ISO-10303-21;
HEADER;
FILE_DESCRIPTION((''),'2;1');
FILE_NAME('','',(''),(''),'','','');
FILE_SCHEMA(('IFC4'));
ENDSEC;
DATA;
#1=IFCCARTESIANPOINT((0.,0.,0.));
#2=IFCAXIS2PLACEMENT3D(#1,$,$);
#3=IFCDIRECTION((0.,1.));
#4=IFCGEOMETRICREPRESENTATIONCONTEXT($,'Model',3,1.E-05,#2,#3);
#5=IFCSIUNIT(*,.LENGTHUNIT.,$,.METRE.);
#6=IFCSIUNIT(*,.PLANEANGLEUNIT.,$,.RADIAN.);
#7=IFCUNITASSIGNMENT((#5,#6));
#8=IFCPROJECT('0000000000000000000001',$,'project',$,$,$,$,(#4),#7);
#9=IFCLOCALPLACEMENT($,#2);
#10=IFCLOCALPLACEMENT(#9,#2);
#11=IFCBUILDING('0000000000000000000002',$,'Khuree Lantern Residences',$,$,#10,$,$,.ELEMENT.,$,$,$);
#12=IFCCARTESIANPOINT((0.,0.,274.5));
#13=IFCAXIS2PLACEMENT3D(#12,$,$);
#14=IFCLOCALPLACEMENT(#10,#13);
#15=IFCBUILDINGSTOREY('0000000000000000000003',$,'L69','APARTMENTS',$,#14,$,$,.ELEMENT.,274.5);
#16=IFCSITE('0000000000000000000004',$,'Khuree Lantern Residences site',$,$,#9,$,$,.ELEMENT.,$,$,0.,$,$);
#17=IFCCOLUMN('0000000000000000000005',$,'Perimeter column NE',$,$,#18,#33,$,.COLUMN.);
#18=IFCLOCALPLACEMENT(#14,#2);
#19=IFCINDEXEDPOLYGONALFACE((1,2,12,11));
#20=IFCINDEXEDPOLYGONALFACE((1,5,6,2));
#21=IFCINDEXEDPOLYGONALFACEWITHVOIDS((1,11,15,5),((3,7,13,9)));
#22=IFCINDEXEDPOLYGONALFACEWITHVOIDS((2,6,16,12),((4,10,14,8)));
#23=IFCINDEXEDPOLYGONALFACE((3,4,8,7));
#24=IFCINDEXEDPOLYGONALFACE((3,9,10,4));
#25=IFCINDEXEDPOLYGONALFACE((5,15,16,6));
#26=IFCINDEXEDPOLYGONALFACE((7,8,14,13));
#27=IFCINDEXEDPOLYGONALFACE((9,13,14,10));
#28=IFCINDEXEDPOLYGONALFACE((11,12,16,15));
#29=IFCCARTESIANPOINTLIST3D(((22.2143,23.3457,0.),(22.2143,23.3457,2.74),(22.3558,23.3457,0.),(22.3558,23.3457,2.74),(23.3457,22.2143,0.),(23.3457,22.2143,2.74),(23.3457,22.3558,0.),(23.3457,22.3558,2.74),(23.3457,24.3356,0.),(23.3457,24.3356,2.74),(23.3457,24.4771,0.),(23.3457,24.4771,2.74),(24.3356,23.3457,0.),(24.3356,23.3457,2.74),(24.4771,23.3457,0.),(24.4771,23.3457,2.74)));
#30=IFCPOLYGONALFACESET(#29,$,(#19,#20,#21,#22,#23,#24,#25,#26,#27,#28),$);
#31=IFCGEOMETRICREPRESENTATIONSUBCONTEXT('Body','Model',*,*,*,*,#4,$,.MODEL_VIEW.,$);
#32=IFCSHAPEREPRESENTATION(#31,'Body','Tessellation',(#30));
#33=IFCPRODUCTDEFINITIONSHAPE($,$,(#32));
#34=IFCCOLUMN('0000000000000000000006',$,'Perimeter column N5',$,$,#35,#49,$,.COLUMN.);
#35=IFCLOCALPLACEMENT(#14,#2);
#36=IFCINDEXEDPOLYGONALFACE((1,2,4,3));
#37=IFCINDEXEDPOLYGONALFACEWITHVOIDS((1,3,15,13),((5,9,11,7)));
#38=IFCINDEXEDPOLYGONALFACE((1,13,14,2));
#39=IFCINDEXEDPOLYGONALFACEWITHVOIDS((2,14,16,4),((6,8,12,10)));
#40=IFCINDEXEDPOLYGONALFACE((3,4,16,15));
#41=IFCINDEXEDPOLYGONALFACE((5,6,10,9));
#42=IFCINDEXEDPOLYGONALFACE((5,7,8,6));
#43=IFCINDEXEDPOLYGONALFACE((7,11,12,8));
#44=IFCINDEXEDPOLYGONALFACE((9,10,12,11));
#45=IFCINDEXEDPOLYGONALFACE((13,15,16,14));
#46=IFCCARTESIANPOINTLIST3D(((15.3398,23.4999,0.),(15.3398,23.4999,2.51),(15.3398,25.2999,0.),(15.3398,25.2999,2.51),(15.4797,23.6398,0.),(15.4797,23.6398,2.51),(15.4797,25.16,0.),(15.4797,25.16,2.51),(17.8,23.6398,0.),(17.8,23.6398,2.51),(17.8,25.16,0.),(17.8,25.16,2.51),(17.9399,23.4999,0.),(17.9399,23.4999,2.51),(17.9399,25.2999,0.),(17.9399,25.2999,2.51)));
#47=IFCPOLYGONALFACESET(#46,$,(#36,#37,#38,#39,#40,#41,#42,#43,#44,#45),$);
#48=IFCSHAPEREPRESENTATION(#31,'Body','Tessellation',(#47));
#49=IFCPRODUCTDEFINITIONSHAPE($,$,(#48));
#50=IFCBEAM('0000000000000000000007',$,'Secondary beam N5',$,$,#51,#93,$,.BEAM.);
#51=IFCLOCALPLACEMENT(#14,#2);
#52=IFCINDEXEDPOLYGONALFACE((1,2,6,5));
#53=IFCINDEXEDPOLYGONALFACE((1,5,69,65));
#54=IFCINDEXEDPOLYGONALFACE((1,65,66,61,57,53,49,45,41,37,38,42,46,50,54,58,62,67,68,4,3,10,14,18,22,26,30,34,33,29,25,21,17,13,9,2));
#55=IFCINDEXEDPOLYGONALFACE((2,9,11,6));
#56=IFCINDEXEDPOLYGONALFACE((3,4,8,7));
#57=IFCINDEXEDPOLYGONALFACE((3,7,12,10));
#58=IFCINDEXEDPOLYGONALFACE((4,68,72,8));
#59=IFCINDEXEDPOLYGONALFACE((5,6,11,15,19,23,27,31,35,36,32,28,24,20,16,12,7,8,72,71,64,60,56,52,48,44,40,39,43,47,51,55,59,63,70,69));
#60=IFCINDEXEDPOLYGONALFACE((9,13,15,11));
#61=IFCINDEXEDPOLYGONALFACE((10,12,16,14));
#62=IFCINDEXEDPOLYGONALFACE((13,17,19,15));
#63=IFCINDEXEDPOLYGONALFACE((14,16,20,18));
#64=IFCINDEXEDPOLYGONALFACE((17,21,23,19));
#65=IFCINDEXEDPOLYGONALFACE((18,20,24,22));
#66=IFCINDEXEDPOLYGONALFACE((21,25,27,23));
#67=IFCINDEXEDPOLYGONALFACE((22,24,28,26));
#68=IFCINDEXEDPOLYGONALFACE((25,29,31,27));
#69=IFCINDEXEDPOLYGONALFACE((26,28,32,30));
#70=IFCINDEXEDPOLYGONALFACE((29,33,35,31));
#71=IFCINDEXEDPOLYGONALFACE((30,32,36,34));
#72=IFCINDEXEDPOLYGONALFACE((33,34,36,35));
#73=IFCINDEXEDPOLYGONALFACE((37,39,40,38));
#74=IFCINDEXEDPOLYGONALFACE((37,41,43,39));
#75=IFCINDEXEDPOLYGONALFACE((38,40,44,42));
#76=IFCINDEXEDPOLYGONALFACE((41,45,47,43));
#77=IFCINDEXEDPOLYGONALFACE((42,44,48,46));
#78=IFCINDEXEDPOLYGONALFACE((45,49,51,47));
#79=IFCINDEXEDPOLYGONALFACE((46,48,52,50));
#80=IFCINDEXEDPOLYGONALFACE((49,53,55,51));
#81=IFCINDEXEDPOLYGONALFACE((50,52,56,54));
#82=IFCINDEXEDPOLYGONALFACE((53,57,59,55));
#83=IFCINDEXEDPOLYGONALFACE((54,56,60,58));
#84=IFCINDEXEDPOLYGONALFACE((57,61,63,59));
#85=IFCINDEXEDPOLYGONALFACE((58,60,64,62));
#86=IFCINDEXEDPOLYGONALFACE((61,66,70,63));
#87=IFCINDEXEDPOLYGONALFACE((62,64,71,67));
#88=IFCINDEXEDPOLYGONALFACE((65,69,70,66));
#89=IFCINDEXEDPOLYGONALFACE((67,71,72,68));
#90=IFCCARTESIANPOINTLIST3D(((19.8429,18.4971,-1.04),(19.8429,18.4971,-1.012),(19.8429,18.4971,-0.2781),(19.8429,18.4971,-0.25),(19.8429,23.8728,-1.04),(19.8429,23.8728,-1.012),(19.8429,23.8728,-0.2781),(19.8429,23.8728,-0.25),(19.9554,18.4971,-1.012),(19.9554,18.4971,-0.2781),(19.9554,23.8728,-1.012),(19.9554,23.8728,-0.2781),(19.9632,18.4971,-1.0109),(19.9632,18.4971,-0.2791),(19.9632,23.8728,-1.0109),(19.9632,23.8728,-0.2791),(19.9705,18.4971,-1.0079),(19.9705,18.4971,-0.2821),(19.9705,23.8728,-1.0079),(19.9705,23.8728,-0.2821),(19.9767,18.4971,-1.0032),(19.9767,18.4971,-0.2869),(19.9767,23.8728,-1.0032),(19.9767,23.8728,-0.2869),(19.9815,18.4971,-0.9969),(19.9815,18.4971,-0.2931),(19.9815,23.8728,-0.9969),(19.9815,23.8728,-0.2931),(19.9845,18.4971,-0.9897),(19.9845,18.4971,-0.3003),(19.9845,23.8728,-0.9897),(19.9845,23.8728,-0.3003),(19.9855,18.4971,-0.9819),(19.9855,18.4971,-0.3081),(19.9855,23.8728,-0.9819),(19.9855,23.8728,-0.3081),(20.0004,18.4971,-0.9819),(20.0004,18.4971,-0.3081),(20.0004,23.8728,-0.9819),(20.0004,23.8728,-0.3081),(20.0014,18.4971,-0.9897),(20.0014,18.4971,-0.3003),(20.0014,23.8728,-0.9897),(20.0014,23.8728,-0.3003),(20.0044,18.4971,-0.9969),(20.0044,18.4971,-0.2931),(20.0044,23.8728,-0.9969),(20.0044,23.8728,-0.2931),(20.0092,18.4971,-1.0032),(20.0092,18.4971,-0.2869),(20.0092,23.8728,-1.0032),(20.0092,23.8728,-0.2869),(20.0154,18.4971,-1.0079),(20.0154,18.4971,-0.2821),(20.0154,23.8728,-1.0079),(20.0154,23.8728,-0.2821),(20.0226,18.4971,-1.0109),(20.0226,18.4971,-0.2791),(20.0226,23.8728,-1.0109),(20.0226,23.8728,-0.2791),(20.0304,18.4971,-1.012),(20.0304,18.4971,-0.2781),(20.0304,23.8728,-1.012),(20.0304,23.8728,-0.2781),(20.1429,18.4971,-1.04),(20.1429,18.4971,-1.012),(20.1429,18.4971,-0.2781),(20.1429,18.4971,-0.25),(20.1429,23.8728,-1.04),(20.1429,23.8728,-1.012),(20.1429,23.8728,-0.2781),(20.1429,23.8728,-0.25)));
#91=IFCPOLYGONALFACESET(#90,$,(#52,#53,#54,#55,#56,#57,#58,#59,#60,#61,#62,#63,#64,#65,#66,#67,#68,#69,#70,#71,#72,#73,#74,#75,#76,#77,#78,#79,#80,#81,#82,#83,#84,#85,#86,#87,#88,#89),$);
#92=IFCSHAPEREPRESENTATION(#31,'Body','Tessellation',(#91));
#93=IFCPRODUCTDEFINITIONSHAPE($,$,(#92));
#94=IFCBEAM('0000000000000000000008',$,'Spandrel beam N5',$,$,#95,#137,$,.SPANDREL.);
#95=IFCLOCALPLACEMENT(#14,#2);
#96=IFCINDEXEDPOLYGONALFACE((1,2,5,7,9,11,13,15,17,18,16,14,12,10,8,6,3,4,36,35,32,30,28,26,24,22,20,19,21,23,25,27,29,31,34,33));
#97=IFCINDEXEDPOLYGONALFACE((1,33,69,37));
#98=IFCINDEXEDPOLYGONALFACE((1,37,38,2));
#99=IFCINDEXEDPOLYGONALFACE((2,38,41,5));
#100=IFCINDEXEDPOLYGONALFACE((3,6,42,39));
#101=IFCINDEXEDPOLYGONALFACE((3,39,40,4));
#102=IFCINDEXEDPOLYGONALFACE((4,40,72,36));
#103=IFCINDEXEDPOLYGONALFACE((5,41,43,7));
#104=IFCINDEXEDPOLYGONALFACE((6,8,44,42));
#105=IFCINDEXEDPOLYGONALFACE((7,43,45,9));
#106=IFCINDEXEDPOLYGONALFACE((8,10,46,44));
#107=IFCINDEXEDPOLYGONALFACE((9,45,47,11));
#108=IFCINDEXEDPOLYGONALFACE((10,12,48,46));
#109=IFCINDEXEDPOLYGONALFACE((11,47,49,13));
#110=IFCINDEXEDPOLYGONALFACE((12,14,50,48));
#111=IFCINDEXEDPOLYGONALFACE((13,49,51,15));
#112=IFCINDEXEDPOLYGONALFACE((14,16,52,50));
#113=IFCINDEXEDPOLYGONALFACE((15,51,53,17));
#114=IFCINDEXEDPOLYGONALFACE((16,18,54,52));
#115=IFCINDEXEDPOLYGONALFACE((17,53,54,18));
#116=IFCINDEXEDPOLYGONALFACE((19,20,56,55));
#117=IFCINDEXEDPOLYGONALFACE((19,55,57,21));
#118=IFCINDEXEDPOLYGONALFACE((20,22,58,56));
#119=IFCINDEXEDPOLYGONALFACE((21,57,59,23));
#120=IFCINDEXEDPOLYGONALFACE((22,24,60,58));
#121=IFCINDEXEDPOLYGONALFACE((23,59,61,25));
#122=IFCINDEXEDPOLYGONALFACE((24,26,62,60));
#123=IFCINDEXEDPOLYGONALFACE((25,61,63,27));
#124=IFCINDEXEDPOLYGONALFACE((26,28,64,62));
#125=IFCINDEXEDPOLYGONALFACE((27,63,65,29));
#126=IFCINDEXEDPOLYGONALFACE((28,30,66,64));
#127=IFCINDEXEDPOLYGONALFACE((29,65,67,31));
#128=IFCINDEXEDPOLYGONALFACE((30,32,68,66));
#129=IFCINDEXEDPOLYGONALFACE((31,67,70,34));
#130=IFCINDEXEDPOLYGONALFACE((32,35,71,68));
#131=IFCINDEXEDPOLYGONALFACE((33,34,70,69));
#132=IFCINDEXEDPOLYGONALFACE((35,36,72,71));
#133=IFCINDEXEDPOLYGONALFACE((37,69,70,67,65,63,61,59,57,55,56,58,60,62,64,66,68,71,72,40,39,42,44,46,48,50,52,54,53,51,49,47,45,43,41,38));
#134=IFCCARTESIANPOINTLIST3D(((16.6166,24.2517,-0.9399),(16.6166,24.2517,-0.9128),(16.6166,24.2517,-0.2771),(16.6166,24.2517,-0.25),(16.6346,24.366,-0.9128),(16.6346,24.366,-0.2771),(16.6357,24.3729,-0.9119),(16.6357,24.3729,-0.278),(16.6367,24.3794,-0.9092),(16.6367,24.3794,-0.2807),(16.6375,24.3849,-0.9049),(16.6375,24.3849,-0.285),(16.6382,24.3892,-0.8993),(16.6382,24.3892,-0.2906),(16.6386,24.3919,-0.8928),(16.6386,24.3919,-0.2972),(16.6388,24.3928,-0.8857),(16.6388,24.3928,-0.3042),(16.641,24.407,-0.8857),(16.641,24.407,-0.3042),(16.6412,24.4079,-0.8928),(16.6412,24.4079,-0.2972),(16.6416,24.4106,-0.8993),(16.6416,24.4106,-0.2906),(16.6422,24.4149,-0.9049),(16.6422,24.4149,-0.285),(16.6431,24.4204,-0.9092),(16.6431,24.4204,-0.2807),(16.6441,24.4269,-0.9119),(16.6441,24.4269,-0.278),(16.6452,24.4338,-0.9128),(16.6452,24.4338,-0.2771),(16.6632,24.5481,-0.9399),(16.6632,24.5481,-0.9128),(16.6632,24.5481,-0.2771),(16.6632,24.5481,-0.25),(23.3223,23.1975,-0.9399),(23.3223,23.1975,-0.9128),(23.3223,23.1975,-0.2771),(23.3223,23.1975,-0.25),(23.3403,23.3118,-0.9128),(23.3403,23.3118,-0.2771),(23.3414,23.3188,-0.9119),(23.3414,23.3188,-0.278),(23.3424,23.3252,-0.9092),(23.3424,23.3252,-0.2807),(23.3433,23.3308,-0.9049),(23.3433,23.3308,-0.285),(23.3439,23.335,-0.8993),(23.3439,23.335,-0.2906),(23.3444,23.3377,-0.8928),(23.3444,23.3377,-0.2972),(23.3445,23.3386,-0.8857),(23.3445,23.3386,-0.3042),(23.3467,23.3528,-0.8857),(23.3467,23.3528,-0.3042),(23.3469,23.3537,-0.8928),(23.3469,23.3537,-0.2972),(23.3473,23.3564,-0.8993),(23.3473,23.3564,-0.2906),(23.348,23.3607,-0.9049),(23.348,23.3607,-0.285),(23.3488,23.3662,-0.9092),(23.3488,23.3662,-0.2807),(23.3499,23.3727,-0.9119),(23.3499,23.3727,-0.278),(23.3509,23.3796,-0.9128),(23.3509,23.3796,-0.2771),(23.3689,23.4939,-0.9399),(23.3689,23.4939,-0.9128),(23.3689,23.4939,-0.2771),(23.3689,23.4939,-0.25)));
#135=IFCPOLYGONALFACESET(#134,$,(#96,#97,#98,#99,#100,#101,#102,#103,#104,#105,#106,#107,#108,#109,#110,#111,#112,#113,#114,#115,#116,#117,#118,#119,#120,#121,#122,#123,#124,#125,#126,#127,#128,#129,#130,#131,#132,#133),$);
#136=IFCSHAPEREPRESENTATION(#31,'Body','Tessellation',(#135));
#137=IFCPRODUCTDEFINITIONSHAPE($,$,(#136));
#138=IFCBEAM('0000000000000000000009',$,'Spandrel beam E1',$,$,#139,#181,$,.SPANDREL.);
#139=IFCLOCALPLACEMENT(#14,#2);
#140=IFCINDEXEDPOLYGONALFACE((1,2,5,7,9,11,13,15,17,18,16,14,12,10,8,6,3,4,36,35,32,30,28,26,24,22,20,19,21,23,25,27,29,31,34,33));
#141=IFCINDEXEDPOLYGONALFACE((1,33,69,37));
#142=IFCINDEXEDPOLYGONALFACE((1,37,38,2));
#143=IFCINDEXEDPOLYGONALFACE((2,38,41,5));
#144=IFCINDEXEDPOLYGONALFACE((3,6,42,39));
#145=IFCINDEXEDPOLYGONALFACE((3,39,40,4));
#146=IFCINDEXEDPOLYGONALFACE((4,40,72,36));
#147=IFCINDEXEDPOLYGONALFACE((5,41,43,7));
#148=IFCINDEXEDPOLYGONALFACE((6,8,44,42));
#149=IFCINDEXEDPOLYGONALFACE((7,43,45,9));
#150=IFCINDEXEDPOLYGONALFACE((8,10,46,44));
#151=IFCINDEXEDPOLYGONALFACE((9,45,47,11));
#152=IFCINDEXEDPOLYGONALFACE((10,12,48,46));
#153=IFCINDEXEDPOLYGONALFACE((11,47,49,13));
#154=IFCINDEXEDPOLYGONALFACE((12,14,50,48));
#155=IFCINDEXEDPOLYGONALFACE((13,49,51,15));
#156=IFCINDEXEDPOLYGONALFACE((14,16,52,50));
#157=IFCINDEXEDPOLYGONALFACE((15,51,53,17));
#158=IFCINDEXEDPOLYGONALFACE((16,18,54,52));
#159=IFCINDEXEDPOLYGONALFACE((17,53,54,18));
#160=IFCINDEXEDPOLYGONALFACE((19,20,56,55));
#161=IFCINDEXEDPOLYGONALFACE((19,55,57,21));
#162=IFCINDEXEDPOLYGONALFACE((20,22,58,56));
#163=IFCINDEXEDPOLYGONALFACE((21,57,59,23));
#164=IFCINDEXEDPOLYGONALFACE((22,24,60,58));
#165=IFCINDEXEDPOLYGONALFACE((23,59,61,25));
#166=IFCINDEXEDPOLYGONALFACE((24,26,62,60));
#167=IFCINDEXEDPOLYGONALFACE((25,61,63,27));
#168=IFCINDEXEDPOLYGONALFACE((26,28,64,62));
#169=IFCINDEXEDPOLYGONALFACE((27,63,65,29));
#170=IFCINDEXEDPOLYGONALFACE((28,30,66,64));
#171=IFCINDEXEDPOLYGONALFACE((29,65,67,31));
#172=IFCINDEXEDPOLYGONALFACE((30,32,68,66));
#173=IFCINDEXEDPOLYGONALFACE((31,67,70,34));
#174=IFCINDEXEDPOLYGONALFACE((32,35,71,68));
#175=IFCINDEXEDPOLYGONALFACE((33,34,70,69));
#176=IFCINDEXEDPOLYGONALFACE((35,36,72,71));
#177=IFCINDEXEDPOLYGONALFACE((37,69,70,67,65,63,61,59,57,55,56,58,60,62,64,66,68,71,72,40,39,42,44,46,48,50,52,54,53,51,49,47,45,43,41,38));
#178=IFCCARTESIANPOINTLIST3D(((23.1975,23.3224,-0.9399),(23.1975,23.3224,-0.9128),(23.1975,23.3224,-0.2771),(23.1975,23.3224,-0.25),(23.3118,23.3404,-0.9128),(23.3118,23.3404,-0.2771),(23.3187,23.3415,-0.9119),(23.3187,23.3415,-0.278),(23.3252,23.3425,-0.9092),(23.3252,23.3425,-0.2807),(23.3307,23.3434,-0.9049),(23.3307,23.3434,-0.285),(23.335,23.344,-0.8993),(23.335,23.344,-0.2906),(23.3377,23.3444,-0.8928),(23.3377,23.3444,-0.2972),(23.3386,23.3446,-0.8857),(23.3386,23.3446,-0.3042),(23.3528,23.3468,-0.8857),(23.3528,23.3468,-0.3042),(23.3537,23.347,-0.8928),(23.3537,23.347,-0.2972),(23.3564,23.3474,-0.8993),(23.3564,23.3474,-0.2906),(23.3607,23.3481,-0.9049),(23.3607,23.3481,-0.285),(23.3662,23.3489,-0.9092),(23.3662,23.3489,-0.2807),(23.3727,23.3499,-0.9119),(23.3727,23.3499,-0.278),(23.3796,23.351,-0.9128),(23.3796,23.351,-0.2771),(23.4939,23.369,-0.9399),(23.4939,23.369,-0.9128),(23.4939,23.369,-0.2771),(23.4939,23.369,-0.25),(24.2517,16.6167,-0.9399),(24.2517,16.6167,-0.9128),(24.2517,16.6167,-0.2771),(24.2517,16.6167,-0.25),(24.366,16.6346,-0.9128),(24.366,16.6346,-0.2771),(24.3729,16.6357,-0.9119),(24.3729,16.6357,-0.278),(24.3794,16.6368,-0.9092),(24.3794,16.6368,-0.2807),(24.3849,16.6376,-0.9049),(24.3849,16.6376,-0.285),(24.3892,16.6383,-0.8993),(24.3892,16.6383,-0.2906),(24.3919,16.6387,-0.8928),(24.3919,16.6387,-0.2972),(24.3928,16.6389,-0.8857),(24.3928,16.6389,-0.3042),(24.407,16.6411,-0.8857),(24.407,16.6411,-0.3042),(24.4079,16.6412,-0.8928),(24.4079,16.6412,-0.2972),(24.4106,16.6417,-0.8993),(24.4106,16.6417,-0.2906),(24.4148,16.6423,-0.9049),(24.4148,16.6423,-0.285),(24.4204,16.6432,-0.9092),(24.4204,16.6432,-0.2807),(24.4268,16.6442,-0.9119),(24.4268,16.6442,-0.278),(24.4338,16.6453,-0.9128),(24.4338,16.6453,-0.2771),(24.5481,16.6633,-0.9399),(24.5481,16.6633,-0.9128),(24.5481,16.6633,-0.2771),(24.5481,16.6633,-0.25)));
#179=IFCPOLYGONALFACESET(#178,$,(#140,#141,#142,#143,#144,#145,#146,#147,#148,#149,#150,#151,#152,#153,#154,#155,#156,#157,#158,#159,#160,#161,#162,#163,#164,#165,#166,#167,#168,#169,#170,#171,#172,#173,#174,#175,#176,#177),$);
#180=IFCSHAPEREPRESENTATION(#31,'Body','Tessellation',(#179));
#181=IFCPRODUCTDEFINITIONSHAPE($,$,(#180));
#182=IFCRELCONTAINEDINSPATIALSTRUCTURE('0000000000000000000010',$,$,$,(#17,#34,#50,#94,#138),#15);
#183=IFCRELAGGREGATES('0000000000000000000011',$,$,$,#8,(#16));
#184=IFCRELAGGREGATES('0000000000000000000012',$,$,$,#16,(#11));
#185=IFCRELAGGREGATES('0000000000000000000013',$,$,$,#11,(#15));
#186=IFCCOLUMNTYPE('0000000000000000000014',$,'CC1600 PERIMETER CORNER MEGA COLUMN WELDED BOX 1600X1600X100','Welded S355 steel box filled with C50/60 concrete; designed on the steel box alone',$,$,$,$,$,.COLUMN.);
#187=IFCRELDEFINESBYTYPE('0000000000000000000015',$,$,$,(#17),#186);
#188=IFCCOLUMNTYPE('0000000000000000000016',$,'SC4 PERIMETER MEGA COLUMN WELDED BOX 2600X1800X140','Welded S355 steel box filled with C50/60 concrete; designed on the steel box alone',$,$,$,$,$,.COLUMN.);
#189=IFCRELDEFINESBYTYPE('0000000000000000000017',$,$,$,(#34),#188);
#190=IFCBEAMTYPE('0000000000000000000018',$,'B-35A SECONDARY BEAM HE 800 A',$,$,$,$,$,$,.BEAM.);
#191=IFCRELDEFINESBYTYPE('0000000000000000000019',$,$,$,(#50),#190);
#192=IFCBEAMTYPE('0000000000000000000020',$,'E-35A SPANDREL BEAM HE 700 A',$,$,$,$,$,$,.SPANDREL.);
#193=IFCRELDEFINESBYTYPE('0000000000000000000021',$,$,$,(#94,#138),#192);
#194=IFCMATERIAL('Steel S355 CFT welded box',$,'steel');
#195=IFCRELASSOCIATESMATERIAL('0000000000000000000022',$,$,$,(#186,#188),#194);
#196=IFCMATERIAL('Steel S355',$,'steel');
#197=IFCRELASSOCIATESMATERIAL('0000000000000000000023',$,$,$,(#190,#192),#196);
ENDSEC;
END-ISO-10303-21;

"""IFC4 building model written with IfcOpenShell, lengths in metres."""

from ifc_helpers import new_model, si_unit, direction, frame, origin, origin_2d, place, context, subcontext, project, spatial, hollow_rectangle, i_section, extrude, material, material_profile, profile_set, type_object, element, save


model = new_model("IFC4")

# Units and contexts
model_context = context("Model", 3, precision=1e-05, world=origin(), true_north=direction((0.0, 1.0)))
body_context = subcontext(model_context, "Body", "Model", "MODEL_VIEW")
ifc_project = project(units=[si_unit("LENGTHUNIT", "METRE"), si_unit("PLANEANGLEUNIT", "RADIAN")], contexts=[model_context])

# Site, building, storey
site_placement = place(None, origin())
site = spatial("IfcSite", under=ifc_project, at=site_placement, Name="Khuree Lantern Residences site", CompositionType="ELEMENT", RefElevation=0.0)
building_placement = place(site_placement, origin())
building = spatial("IfcBuilding", under=site, at=building_placement, Name="Khuree Lantern Residences", CompositionType="ELEMENT")
storey_placement = place(building_placement, frame((0.0, 0.0, 274.5)))
storey = spatial("IfcBuildingStorey", under=building, at=storey_placement, Name="L69", Description="APARTMENTS", CompositionType="ELEMENT", Elevation=274.5)

# Columns
ifc_material_1 = material(Name="Steel S355 CFT welded box", Category="steel")
ifc_material_profile_1 = material_profile(ifc_material_1, hollow_rectangle(XDim=1.6001, YDim=1.6001, WallThickness=0.1001, at=origin_2d()), Name="WELDED BOX 1600X1600X100")
ifc_profile_set_1 = profile_set([ifc_material_profile_1], Name="Steel S355 CFT welded box")
column_type_1 = type_object("IfcColumnType", Name="CC1600 PERIMETER CORNER MEGA COLUMN WELDED BOX 1600X1600X100", Description="Welded S355 steel box filled with C50/60 concrete; designed on the steel box alone", PredefinedType="COLUMN", material=ifc_profile_set_1)
column_1_placement = place(storey_placement, frame((23.3457, 23.3457, 0.0), z_axis=(0.0, 0.0, 1.0), x_axis=(0.707107, -0.707107, 0.0)))
element("IfcColumn", 1, at=column_1_placement, inside=storey, type_object=column_type_1, Name="Perimeter column NE", PredefinedType="COLUMN", context=body_context, shape_type="SweptSolid", body=[
    extrude(hollow_rectangle(XDim=1.6001, YDim=1.6001, WallThickness=0.1001, at=origin_2d()), origin(), (0.0, 0.0, 1.0), 2.74),
])
ifc_material_profile_2 = material_profile(ifc_material_1, hollow_rectangle(XDim=2.6001, YDim=1.8, WallThickness=0.1399, at=origin_2d()), Name="WELDED BOX 2600X1800X140")
ifc_profile_set_2 = profile_set([ifc_material_profile_2], Name="Steel S355 CFT welded box")
column_type_2 = type_object("IfcColumnType", Name="SC4 PERIMETER MEGA COLUMN WELDED BOX 2600X1800X140", Description="Welded S355 steel box filled with C50/60 concrete; designed on the steel box alone", PredefinedType="COLUMN", material=ifc_profile_set_2)
column_2_placement = place(storey_placement, frame((16.6399, 24.3999, 0.0), z_axis=(0.0, 0.0, 1.0), x_axis=(1.0, 0.0, 0.0)))
element("IfcColumn", 2, at=column_2_placement, inside=storey, type_object=column_type_2, Name="Perimeter column N5", PredefinedType="COLUMN", context=body_context, shape_type="SweptSolid", body=[
    extrude(hollow_rectangle(XDim=2.6001, YDim=1.8, WallThickness=0.1399, at=origin_2d()), origin(), (0.0, 0.0, 1.0), 2.51),
])

# Beams
ifc_material_2 = material(Name="Steel S355", Category="steel")
ifc_material_profile_3 = material_profile(ifc_material_2, i_section(OverallWidth=0.3, OverallDepth=0.79, WebThickness=0.0149, FlangeThickness=0.0281, FilletRadius=0.03, at=origin_2d()), Name="HE 800 A")
ifc_profile_set_3 = profile_set([ifc_material_profile_3], Name="Steel S355")
beam_type_1 = type_object("IfcBeamType", Name="B-35A SECONDARY BEAM HE 800 A", PredefinedType="BEAM", material=ifc_profile_set_3)
beam_1_placement = place(storey_placement, frame((19.9929, 23.8728, -0.645), z_axis=(0.0, -1.0, 0.0), x_axis=(1.0, 0.0, 0.0)))
element("IfcBeam", 3, at=beam_1_placement, inside=storey, type_object=beam_type_1, Name="Secondary beam N5", PredefinedType="BEAM", context=body_context, shape_type="SweptSolid", body=[
    extrude(i_section(OverallWidth=0.3, OverallDepth=0.79, WebThickness=0.0149, FlangeThickness=0.0281, FilletRadius=0.03, at=origin_2d()), origin(), (0.0, 0.0, 1.0), 5.3757),
])
ifc_material_profile_4 = material_profile(ifc_material_2, i_section(OverallWidth=0.3, OverallDepth=0.6899, WebThickness=0.0144, FlangeThickness=0.0271, FilletRadius=0.0271, at=origin_2d()), Name="HE 700 A")
ifc_profile_set_4 = profile_set([ifc_material_profile_4], Name="Steel S355")
beam_type_2 = type_object("IfcBeamType", Name="E-35A SPANDREL BEAM HE 700 A", PredefinedType="SPANDREL", material=ifc_profile_set_4)
for number, where, z_axis, x_axis, name in (
    (4, (16.6399, 24.3999, -0.595), (0.987867, -0.1553, 0.0), (0.1553, 0.987867, 0.0), "Spandrel beam N5"),
    (5, (23.3457, 23.3457, -0.595), (0.1553, -0.987867, 0.0), (0.987867, 0.1553, 0.0), "Spandrel beam E1"),
):
    element("IfcBeam", number, at=place(storey_placement, frame(where, z_axis=z_axis, x_axis=x_axis)), inside=storey, type_object=beam_type_2, Name=name, PredefinedType="SPANDREL", context=body_context, shape_type="SweptSolid", body=[
        extrude(i_section(OverallWidth=0.3, OverallDepth=0.6899, WebThickness=0.0144, FlangeThickness=0.0271, FilletRadius=0.0271, at=origin_2d()), origin(), (0.0, 0.0, 1.0), 6.7881),
    ])

save(model, "model.ifc")
